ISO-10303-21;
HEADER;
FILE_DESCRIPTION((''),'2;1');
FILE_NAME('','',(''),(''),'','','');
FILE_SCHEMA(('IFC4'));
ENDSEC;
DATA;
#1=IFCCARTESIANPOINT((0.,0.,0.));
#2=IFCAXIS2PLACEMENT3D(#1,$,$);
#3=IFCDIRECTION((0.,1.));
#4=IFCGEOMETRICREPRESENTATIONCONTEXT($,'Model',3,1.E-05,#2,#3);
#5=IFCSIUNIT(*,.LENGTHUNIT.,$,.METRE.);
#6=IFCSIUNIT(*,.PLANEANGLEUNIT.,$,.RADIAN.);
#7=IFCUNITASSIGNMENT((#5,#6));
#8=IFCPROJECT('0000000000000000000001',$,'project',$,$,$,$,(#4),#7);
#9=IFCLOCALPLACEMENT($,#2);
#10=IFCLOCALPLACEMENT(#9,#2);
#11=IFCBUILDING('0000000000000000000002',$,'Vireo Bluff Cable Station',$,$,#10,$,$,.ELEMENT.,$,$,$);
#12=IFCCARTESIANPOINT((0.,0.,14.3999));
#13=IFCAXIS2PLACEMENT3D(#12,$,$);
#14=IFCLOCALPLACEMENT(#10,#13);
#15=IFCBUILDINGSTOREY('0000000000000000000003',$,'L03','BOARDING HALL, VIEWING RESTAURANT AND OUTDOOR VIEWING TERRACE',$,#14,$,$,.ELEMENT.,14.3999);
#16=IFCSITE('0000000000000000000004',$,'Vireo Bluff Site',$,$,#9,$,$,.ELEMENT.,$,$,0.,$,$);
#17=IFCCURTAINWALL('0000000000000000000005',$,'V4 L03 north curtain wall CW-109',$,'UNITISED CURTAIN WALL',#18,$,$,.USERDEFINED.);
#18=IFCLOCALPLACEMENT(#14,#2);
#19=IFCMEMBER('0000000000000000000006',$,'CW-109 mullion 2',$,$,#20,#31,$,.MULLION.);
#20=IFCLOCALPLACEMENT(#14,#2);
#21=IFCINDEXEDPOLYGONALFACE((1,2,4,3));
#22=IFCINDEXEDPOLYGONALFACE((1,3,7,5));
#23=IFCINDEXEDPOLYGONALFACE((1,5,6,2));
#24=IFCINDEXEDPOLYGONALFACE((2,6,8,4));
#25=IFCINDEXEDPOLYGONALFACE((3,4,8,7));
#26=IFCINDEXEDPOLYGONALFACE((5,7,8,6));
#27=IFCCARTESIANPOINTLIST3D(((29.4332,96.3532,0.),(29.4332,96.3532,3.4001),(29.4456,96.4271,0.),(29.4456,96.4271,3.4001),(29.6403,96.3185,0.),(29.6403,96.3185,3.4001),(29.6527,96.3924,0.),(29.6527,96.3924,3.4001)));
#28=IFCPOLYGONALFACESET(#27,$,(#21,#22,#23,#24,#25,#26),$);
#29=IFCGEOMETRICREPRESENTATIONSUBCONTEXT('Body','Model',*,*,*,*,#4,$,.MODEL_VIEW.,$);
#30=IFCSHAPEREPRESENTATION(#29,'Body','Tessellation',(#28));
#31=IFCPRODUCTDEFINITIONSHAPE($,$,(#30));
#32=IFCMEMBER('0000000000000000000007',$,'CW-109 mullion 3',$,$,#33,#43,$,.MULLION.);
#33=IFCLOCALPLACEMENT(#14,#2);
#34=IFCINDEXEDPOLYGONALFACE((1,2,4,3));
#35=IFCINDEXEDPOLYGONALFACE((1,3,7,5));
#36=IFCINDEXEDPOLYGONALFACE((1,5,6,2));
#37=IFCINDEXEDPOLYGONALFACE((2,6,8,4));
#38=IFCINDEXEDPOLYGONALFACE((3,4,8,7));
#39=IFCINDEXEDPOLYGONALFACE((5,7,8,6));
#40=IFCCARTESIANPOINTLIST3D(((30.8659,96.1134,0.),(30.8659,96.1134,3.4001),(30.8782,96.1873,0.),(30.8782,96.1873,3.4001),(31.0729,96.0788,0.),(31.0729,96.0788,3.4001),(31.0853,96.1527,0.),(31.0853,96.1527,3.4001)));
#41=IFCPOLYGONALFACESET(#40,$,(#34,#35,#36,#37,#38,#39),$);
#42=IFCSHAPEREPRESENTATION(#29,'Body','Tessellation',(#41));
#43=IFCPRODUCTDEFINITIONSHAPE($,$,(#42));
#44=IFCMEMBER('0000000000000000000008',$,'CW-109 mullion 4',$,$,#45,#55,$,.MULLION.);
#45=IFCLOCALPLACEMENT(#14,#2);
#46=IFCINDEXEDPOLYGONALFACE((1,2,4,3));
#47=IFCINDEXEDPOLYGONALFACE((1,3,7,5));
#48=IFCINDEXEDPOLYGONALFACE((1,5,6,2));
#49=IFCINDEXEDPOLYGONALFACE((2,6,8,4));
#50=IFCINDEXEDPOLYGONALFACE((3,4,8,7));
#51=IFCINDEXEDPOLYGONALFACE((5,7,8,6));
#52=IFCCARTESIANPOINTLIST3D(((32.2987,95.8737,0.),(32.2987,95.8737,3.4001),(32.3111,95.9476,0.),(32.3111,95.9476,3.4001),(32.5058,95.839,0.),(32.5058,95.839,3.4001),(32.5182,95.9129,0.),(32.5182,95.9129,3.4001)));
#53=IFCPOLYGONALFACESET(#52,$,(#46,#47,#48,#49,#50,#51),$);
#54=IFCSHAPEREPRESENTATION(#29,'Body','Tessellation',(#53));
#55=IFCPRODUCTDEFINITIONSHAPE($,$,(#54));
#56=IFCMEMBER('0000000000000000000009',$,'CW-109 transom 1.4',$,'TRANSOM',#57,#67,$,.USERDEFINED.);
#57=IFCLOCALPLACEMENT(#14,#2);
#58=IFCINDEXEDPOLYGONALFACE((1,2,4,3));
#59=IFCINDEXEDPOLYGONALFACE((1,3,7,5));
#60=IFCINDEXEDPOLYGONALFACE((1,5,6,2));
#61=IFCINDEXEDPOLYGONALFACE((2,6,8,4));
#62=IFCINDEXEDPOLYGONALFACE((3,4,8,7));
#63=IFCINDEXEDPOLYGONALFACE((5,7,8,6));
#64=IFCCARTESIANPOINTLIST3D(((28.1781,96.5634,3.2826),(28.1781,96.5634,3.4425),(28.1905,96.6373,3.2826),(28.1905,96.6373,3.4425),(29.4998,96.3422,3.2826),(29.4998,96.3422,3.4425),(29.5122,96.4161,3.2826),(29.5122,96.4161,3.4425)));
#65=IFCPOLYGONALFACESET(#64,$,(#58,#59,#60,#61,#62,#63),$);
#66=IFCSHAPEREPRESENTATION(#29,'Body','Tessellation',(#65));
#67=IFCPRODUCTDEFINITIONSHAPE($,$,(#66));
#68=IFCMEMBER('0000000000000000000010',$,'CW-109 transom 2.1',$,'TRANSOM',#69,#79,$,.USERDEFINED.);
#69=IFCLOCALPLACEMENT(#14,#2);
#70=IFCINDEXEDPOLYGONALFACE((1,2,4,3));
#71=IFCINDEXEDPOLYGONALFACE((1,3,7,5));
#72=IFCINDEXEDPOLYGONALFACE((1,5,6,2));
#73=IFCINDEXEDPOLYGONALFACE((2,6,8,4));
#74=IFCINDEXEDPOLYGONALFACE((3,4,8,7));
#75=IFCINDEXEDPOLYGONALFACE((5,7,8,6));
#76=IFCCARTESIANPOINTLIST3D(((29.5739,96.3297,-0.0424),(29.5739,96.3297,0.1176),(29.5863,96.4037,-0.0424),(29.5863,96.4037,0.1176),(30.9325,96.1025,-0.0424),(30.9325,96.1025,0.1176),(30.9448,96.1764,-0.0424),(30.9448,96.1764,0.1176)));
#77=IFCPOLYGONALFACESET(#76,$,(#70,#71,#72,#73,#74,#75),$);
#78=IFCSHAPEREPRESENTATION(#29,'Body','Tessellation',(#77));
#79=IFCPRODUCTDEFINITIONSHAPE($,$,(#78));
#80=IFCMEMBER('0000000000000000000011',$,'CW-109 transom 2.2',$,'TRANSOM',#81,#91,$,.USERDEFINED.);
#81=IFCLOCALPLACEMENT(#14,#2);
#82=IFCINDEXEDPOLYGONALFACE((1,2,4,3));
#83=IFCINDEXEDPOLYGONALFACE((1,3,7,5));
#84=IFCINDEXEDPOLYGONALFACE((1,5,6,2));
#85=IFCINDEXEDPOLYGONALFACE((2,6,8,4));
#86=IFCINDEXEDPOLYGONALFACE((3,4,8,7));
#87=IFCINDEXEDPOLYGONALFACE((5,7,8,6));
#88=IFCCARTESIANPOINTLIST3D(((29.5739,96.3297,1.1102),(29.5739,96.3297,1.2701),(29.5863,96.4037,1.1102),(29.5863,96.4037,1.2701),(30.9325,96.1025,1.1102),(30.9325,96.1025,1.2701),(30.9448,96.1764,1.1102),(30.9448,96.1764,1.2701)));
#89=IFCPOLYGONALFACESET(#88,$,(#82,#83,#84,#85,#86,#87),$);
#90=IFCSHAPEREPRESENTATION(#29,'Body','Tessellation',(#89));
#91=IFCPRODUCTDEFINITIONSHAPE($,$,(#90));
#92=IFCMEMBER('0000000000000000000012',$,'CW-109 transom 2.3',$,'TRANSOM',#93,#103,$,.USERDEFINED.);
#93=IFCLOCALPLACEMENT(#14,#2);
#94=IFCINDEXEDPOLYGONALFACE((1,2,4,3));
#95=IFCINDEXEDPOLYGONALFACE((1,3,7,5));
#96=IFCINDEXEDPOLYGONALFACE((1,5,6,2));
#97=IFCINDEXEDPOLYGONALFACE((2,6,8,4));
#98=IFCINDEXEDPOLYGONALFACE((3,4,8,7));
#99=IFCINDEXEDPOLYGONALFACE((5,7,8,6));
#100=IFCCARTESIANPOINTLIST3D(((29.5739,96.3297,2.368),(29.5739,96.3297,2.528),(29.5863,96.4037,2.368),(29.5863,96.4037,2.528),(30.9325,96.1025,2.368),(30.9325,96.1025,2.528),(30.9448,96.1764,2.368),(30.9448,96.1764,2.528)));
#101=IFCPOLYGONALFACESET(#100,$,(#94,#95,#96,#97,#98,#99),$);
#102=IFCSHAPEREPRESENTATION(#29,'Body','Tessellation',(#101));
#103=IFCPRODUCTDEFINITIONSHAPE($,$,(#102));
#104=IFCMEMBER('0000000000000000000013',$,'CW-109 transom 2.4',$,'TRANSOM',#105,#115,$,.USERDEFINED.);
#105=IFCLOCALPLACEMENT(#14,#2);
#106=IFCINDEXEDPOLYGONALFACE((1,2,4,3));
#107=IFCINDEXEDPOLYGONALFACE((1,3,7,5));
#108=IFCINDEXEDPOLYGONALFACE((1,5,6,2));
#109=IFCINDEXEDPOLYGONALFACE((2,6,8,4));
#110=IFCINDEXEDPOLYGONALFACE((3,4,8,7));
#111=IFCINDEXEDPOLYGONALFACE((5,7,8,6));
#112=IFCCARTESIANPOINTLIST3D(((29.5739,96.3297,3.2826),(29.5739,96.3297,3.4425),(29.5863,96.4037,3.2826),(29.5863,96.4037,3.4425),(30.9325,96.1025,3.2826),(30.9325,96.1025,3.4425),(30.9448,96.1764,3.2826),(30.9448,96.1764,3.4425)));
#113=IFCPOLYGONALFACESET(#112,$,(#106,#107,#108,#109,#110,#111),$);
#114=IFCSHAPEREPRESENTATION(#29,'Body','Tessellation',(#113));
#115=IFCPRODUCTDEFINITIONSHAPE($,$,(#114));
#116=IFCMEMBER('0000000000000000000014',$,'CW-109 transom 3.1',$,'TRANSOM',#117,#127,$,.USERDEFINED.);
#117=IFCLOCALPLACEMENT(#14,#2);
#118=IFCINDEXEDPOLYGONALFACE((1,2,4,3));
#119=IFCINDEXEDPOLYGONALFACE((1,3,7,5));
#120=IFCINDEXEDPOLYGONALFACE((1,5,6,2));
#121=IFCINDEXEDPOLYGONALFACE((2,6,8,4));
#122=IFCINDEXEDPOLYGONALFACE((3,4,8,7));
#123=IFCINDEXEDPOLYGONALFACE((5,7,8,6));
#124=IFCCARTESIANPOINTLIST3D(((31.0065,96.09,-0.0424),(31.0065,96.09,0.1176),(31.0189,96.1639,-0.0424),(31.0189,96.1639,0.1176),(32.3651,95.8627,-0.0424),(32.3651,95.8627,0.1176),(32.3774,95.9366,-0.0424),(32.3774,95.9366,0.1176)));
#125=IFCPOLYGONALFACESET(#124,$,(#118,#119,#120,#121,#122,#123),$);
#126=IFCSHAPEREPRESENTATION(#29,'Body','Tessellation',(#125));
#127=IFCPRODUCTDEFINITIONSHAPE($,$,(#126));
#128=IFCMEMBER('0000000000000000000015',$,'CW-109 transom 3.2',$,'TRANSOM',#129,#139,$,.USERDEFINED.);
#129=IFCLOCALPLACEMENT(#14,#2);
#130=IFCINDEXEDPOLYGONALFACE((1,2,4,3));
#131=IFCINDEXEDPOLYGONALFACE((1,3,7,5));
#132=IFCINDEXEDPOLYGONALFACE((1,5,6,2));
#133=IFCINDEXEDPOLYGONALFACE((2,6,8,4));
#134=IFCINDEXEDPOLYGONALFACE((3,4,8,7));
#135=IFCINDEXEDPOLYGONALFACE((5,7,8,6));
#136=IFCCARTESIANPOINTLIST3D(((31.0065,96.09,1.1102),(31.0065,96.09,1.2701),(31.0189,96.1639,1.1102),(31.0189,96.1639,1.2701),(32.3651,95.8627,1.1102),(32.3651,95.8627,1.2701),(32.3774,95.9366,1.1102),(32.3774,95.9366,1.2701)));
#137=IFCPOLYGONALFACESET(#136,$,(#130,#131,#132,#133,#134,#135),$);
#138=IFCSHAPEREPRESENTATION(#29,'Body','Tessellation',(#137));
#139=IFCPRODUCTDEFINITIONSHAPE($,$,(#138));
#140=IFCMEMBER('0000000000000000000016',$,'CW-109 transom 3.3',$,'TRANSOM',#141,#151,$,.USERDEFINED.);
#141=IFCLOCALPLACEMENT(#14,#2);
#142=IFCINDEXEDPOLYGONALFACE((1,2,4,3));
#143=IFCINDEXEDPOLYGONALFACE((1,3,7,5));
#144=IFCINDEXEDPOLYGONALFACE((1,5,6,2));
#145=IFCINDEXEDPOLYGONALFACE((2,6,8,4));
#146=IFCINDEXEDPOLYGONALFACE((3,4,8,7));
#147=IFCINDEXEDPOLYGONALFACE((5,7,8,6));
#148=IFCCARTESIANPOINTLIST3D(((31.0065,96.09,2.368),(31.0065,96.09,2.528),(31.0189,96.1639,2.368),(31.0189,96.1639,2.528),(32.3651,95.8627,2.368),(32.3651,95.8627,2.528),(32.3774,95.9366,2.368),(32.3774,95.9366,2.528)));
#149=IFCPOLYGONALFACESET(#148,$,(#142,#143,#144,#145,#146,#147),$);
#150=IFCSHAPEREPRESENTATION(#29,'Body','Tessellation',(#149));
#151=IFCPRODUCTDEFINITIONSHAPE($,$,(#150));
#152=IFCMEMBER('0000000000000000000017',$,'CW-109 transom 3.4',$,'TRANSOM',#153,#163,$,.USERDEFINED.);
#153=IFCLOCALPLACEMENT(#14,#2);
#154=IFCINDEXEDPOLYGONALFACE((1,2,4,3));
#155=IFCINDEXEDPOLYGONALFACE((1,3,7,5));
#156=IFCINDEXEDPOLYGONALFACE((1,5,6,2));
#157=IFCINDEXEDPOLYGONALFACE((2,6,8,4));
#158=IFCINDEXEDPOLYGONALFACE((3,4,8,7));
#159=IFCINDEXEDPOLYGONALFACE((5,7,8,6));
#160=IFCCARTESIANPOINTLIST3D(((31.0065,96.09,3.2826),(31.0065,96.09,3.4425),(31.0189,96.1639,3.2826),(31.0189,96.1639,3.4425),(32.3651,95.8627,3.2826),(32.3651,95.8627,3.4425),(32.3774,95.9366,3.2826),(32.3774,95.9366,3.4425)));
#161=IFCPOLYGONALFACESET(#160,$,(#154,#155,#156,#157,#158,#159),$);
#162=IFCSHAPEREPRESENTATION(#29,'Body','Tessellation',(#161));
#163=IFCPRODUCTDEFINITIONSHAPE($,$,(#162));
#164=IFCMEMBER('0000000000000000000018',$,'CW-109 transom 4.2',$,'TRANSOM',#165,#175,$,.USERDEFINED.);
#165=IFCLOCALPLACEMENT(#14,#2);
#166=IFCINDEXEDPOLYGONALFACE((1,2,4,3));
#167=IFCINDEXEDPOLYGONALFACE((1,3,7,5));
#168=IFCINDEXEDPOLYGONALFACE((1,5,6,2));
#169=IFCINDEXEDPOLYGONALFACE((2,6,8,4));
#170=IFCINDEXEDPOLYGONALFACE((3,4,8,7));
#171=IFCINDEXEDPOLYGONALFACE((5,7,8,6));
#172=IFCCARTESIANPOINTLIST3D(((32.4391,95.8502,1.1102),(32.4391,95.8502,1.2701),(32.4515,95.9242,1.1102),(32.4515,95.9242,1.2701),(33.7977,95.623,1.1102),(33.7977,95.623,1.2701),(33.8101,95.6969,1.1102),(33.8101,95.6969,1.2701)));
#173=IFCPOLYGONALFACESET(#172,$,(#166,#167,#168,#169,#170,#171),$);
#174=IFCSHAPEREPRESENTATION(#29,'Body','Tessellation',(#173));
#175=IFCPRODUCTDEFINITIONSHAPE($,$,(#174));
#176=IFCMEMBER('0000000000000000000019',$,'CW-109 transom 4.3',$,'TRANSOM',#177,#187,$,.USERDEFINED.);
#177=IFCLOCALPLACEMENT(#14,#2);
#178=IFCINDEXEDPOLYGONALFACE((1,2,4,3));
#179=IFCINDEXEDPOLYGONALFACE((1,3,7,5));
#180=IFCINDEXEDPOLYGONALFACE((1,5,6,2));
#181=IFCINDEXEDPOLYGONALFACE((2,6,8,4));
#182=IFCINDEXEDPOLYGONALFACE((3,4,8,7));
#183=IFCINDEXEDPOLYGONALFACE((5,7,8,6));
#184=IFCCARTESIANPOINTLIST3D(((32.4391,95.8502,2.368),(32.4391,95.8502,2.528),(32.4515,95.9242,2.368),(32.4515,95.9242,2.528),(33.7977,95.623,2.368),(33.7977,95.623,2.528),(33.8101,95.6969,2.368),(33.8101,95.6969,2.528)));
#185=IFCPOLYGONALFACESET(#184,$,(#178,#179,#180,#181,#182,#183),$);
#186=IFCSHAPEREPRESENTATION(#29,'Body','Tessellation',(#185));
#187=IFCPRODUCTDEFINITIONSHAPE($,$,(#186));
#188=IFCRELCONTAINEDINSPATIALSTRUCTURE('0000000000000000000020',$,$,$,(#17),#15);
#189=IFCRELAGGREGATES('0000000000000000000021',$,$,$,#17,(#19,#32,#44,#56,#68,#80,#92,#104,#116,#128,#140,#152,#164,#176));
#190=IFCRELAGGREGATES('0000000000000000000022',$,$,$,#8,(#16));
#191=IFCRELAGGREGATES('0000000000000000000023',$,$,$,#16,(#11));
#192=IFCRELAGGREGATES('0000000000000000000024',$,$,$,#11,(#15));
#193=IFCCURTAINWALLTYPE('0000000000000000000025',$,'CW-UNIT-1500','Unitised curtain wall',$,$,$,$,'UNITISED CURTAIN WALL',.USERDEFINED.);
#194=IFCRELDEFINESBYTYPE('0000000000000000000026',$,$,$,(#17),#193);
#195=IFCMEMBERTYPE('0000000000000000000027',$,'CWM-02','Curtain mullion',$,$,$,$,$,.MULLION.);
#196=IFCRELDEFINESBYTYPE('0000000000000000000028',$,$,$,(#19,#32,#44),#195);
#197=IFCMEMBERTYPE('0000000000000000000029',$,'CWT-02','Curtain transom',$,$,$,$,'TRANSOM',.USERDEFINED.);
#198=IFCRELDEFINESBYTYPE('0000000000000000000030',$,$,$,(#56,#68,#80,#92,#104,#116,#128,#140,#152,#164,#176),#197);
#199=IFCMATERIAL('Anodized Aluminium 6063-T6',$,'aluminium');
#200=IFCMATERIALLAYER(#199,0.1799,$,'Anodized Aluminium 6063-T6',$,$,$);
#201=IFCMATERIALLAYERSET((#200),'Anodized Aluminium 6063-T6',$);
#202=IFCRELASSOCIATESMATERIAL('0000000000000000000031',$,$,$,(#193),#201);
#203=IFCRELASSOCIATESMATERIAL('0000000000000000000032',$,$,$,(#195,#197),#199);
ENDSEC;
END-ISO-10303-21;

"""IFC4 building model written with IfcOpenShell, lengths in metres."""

from ifc_helpers import new_model, si_unit, direction, frame, origin, origin_2d, place, context, subcontext, project, spatial, rectangle, extrude, material, layer, layer_set, material_profile, profile_set, type_object, element, aggregate, save


model = new_model("IFC4")

# Units and contexts
model_context = context("Model", 3, precision=1e-05, world=origin(), true_north=direction((0.0, 1.0)))
body_context = subcontext(model_context, "Body", "Model", "MODEL_VIEW")
ifc_project = project(units=[si_unit("LENGTHUNIT", "METRE"), si_unit("PLANEANGLEUNIT", "RADIAN")], contexts=[model_context])

# Site, building, storey
site_placement = place(None, origin())
site = spatial("IfcSite", under=ifc_project, at=site_placement, Name="Vireo Bluff Site", CompositionType="ELEMENT", RefElevation=0.0)
building_placement = place(site_placement, origin())
building = spatial("IfcBuilding", under=site, at=building_placement, Name="Vireo Bluff Cable Station", CompositionType="ELEMENT")
storey_placement = place(building_placement, frame((0.0, 0.0, 14.3999)))
storey = spatial("IfcBuildingStorey", under=building, at=storey_placement, Name="L03", Description="BOARDING HALL, VIEWING RESTAURANT AND OUTDOOR VIEWING TERRACE", CompositionType="ELEMENT", Elevation=14.3999)

# Curtain wall, members
ifc_material_1 = material(Name="Anodized Aluminium 6063-T6", Category="aluminium")
ifc_layer_1 = layer(ifc_material_1, 0.1799, Name="Anodized Aluminium 6063-T6")
ifc_layer_set_1 = layer_set([ifc_layer_1], Name="Anodized Aluminium 6063-T6")
curtain_wall_type = type_object("IfcCurtainWallType", Name="CW-UNIT-1500", Description="Unitised curtain wall", ElementType="UNITISED CURTAIN WALL", PredefinedType="USERDEFINED", material=ifc_layer_set_1)
curtain_wall_placement = place(storey_placement, origin())
curtain_wall = element("IfcCurtainWall", 1, at=curtain_wall_placement, inside=storey, type_object=curtain_wall_type, Name="V4 L03 north curtain wall CW-109", ObjectType="UNITISED CURTAIN WALL", PredefinedType="USERDEFINED")
ifc_material_profile_1 = material_profile(ifc_material_1, rectangle(XDim=0.075, YDim=0.21, at=origin_2d()), Name="ALU-M-75X210")
ifc_profile_set_1 = profile_set([ifc_material_profile_1], Name="Anodized Aluminium 6063-T6")
member_type_1 = type_object("IfcMemberType", Name="CWM-02", Description="Curtain mullion", PredefinedType="MULLION", material=ifc_profile_set_1)
member_1_placement = place(storey_placement, frame((29.543, 96.3728, 0.0), z_axis=(0.0, 0.0, 1.0), x_axis=(0.165048, 0.986286, 0.0)))
member_1 = element("IfcMember", 2, at=member_1_placement, type_object=member_type_1, Name="CW-109 mullion 2", PredefinedType="MULLION", context=body_context, shape_type="SweptSolid", body=[
    extrude(rectangle(XDim=0.075, YDim=0.21, at=origin_2d()), origin(), (0.0, 0.0, 1.0), 3.4001),
])
member_2_placement = place(storey_placement, frame((30.9756, 96.1331, 0.0), z_axis=(0.0, 0.0, 1.0), x_axis=(0.165048, 0.986286, 0.0)))
member_2 = element("IfcMember", 3, at=member_2_placement, type_object=member_type_1, Name="CW-109 mullion 3", PredefinedType="MULLION", context=body_context, shape_type="SweptSolid", body=[
    extrude(rectangle(XDim=0.075, YDim=0.21, at=origin_2d()), origin(), (0.0, 0.0, 1.0), 3.4001),
])
member_3_placement = place(storey_placement, frame((32.4084, 95.8933, 0.0), z_axis=(0.0, 0.0, 1.0), x_axis=(0.165048, 0.986286, 0.0)))
member_3 = element("IfcMember", 4, at=member_3_placement, type_object=member_type_1, Name="CW-109 mullion 4", PredefinedType="MULLION", context=body_context, shape_type="SweptSolid", body=[
    extrude(rectangle(XDim=0.075, YDim=0.21, at=origin_2d()), origin(), (0.0, 0.0, 1.0), 3.4001),
])
ifc_material_profile_2 = material_profile(ifc_material_1, rectangle(XDim=0.075, YDim=0.1599, at=origin_2d()), Name="ALU-T-75X160")
ifc_profile_set_2 = profile_set([ifc_material_profile_2], Name="Anodized Aluminium 6063-T6")
member_type_2 = type_object("IfcMemberType", Name="CWT-02", Description="Curtain transom", ElementType="TRANSOM", PredefinedType="USERDEFINED", material=ifc_profile_set_2)
member_4_placement = place(storey_placement, frame((28.1843, 96.6003, 3.3625), z_axis=(0.986285, -0.165049, 0.0), x_axis=(0.165049, 0.986285, 0.0)))
member_4 = element("IfcMember", 5, at=member_4_placement, type_object=member_type_2, Name="CW-109 transom 1.4", ObjectType="TRANSOM", PredefinedType="USERDEFINED", context=body_context, shape_type="SweptSolid", body=[
    extrude(rectangle(XDim=0.075, YDim=0.1599, at=origin_2d()), origin(), (0.0, 0.0, 1.0), 1.3401),
])
member_5_placement = place(storey_placement, frame((29.5801, 96.3667, 0.0376), z_axis=(0.986293, -0.165003, 0.0), x_axis=(0.165003, 0.986293, 0.0)))
member_5 = element("IfcMember", 6, at=member_5_placement, type_object=member_type_2, Name="CW-109 transom 2.1", ObjectType="TRANSOM", PredefinedType="USERDEFINED", context=body_context, shape_type="SweptSolid", body=[
    extrude(rectangle(XDim=0.075, YDim=0.1599, at=origin_2d()), origin(), (0.0, 0.0, 1.0), 1.3774),
])
member_6_placement = place(storey_placement, frame((29.5801, 96.3667, 1.1902), z_axis=(0.986293, -0.165003, 0.0), x_axis=(0.165003, 0.986293, 0.0)))
member_6 = element("IfcMember", 7, at=member_6_placement, type_object=member_type_2, Name="CW-109 transom 2.2", ObjectType="TRANSOM", PredefinedType="USERDEFINED", context=body_context, shape_type="SweptSolid", body=[
    extrude(rectangle(XDim=0.075, YDim=0.1599, at=origin_2d()), origin(), (0.0, 0.0, 1.0), 1.3774),
])
member_7_placement = place(storey_placement, frame((29.5801, 96.3667, 2.448), z_axis=(0.986293, -0.165003, 0.0), x_axis=(0.165003, 0.986293, 0.0)))
member_7 = element("IfcMember", 8, at=member_7_placement, type_object=member_type_2, Name="CW-109 transom 2.3", ObjectType="TRANSOM", PredefinedType="USERDEFINED", context=body_context, shape_type="SweptSolid", body=[
    extrude(rectangle(XDim=0.075, YDim=0.1599, at=origin_2d()), origin(), (0.0, 0.0, 1.0), 1.3774),
])
member_8_placement = place(storey_placement, frame((29.5801, 96.3667, 3.3625), z_axis=(0.986293, -0.165003, 0.0), x_axis=(0.165003, 0.986293, 0.0)))
member_8 = element("IfcMember", 9, at=member_8_placement, type_object=member_type_2, Name="CW-109 transom 2.4", ObjectType="TRANSOM", PredefinedType="USERDEFINED", context=body_context, shape_type="SweptSolid", body=[
    extrude(rectangle(XDim=0.075, YDim=0.1599, at=origin_2d()), origin(), (0.0, 0.0, 1.0), 1.3774),
])
member_9_placement = place(storey_placement, frame((31.0127, 96.127, 0.0376), z_axis=(0.986293, -0.165003, 0.0), x_axis=(0.165003, 0.986293, 0.0)))
member_9 = element("IfcMember", 10, at=member_9_placement, type_object=member_type_2, Name="CW-109 transom 3.1", ObjectType="TRANSOM", PredefinedType="USERDEFINED", context=body_context, shape_type="SweptSolid", body=[
    extrude(rectangle(XDim=0.075, YDim=0.1599, at=origin_2d()), origin(), (0.0, 0.0, 1.0), 1.3774),
])
member_10_placement = place(storey_placement, frame((31.0127, 96.127, 1.1902), z_axis=(0.986293, -0.165003, 0.0), x_axis=(0.165003, 0.986293, 0.0)))
member_10 = element("IfcMember", 11, at=member_10_placement, type_object=member_type_2, Name="CW-109 transom 3.2", ObjectType="TRANSOM", PredefinedType="USERDEFINED", context=body_context, shape_type="SweptSolid", body=[
    extrude(rectangle(XDim=0.075, YDim=0.1599, at=origin_2d()), origin(), (0.0, 0.0, 1.0), 1.3774),
])
member_11_placement = place(storey_placement, frame((31.0127, 96.127, 2.448), z_axis=(0.986293, -0.165003, 0.0), x_axis=(0.165003, 0.986293, 0.0)))
member_11 = element("IfcMember", 12, at=member_11_placement, type_object=member_type_2, Name="CW-109 transom 3.3", ObjectType="TRANSOM", PredefinedType="USERDEFINED", context=body_context, shape_type="SweptSolid", body=[
    extrude(rectangle(XDim=0.075, YDim=0.1599, at=origin_2d()), origin(), (0.0, 0.0, 1.0), 1.3774),
])
member_12_placement = place(storey_placement, frame((31.0127, 96.127, 3.3625), z_axis=(0.986293, -0.165003, 0.0), x_axis=(0.165003, 0.986293, 0.0)))
member_12 = element("IfcMember", 13, at=member_12_placement, type_object=member_type_2, Name="CW-109 transom 3.4", ObjectType="TRANSOM", PredefinedType="USERDEFINED", context=body_context, shape_type="SweptSolid", body=[
    extrude(rectangle(XDim=0.075, YDim=0.1599, at=origin_2d()), origin(), (0.0, 0.0, 1.0), 1.3774),
])
member_13_placement = place(storey_placement, frame((32.4453, 95.8872, 1.1902), z_axis=(0.986293, -0.165003, 0.0), x_axis=(0.165003, 0.986293, 0.0)))
member_13 = element("IfcMember", 14, at=member_13_placement, type_object=member_type_2, Name="CW-109 transom 4.2", ObjectType="TRANSOM", PredefinedType="USERDEFINED", context=body_context, shape_type="SweptSolid", body=[
    extrude(rectangle(XDim=0.075, YDim=0.1599, at=origin_2d()), origin(), (0.0, 0.0, 1.0), 1.3774),
])
member_14_placement = place(storey_placement, frame((32.4453, 95.8872, 2.448), z_axis=(0.986293, -0.165003, 0.0), x_axis=(0.165003, 0.986293, 0.0)))
member_14 = element("IfcMember", 15, at=member_14_placement, type_object=member_type_2, Name="CW-109 transom 4.3", ObjectType="TRANSOM", PredefinedType="USERDEFINED", context=body_context, shape_type="SweptSolid", body=[
    extrude(rectangle(XDim=0.075, YDim=0.1599, at=origin_2d()), origin(), (0.0, 0.0, 1.0), 1.3774),
])
aggregate(curtain_wall, [member_1, member_2, member_3, member_4, member_5, member_6, member_7, member_8, member_9, member_10, member_11, member_12, member_13, member_14])

save(model, "model.ifc")
